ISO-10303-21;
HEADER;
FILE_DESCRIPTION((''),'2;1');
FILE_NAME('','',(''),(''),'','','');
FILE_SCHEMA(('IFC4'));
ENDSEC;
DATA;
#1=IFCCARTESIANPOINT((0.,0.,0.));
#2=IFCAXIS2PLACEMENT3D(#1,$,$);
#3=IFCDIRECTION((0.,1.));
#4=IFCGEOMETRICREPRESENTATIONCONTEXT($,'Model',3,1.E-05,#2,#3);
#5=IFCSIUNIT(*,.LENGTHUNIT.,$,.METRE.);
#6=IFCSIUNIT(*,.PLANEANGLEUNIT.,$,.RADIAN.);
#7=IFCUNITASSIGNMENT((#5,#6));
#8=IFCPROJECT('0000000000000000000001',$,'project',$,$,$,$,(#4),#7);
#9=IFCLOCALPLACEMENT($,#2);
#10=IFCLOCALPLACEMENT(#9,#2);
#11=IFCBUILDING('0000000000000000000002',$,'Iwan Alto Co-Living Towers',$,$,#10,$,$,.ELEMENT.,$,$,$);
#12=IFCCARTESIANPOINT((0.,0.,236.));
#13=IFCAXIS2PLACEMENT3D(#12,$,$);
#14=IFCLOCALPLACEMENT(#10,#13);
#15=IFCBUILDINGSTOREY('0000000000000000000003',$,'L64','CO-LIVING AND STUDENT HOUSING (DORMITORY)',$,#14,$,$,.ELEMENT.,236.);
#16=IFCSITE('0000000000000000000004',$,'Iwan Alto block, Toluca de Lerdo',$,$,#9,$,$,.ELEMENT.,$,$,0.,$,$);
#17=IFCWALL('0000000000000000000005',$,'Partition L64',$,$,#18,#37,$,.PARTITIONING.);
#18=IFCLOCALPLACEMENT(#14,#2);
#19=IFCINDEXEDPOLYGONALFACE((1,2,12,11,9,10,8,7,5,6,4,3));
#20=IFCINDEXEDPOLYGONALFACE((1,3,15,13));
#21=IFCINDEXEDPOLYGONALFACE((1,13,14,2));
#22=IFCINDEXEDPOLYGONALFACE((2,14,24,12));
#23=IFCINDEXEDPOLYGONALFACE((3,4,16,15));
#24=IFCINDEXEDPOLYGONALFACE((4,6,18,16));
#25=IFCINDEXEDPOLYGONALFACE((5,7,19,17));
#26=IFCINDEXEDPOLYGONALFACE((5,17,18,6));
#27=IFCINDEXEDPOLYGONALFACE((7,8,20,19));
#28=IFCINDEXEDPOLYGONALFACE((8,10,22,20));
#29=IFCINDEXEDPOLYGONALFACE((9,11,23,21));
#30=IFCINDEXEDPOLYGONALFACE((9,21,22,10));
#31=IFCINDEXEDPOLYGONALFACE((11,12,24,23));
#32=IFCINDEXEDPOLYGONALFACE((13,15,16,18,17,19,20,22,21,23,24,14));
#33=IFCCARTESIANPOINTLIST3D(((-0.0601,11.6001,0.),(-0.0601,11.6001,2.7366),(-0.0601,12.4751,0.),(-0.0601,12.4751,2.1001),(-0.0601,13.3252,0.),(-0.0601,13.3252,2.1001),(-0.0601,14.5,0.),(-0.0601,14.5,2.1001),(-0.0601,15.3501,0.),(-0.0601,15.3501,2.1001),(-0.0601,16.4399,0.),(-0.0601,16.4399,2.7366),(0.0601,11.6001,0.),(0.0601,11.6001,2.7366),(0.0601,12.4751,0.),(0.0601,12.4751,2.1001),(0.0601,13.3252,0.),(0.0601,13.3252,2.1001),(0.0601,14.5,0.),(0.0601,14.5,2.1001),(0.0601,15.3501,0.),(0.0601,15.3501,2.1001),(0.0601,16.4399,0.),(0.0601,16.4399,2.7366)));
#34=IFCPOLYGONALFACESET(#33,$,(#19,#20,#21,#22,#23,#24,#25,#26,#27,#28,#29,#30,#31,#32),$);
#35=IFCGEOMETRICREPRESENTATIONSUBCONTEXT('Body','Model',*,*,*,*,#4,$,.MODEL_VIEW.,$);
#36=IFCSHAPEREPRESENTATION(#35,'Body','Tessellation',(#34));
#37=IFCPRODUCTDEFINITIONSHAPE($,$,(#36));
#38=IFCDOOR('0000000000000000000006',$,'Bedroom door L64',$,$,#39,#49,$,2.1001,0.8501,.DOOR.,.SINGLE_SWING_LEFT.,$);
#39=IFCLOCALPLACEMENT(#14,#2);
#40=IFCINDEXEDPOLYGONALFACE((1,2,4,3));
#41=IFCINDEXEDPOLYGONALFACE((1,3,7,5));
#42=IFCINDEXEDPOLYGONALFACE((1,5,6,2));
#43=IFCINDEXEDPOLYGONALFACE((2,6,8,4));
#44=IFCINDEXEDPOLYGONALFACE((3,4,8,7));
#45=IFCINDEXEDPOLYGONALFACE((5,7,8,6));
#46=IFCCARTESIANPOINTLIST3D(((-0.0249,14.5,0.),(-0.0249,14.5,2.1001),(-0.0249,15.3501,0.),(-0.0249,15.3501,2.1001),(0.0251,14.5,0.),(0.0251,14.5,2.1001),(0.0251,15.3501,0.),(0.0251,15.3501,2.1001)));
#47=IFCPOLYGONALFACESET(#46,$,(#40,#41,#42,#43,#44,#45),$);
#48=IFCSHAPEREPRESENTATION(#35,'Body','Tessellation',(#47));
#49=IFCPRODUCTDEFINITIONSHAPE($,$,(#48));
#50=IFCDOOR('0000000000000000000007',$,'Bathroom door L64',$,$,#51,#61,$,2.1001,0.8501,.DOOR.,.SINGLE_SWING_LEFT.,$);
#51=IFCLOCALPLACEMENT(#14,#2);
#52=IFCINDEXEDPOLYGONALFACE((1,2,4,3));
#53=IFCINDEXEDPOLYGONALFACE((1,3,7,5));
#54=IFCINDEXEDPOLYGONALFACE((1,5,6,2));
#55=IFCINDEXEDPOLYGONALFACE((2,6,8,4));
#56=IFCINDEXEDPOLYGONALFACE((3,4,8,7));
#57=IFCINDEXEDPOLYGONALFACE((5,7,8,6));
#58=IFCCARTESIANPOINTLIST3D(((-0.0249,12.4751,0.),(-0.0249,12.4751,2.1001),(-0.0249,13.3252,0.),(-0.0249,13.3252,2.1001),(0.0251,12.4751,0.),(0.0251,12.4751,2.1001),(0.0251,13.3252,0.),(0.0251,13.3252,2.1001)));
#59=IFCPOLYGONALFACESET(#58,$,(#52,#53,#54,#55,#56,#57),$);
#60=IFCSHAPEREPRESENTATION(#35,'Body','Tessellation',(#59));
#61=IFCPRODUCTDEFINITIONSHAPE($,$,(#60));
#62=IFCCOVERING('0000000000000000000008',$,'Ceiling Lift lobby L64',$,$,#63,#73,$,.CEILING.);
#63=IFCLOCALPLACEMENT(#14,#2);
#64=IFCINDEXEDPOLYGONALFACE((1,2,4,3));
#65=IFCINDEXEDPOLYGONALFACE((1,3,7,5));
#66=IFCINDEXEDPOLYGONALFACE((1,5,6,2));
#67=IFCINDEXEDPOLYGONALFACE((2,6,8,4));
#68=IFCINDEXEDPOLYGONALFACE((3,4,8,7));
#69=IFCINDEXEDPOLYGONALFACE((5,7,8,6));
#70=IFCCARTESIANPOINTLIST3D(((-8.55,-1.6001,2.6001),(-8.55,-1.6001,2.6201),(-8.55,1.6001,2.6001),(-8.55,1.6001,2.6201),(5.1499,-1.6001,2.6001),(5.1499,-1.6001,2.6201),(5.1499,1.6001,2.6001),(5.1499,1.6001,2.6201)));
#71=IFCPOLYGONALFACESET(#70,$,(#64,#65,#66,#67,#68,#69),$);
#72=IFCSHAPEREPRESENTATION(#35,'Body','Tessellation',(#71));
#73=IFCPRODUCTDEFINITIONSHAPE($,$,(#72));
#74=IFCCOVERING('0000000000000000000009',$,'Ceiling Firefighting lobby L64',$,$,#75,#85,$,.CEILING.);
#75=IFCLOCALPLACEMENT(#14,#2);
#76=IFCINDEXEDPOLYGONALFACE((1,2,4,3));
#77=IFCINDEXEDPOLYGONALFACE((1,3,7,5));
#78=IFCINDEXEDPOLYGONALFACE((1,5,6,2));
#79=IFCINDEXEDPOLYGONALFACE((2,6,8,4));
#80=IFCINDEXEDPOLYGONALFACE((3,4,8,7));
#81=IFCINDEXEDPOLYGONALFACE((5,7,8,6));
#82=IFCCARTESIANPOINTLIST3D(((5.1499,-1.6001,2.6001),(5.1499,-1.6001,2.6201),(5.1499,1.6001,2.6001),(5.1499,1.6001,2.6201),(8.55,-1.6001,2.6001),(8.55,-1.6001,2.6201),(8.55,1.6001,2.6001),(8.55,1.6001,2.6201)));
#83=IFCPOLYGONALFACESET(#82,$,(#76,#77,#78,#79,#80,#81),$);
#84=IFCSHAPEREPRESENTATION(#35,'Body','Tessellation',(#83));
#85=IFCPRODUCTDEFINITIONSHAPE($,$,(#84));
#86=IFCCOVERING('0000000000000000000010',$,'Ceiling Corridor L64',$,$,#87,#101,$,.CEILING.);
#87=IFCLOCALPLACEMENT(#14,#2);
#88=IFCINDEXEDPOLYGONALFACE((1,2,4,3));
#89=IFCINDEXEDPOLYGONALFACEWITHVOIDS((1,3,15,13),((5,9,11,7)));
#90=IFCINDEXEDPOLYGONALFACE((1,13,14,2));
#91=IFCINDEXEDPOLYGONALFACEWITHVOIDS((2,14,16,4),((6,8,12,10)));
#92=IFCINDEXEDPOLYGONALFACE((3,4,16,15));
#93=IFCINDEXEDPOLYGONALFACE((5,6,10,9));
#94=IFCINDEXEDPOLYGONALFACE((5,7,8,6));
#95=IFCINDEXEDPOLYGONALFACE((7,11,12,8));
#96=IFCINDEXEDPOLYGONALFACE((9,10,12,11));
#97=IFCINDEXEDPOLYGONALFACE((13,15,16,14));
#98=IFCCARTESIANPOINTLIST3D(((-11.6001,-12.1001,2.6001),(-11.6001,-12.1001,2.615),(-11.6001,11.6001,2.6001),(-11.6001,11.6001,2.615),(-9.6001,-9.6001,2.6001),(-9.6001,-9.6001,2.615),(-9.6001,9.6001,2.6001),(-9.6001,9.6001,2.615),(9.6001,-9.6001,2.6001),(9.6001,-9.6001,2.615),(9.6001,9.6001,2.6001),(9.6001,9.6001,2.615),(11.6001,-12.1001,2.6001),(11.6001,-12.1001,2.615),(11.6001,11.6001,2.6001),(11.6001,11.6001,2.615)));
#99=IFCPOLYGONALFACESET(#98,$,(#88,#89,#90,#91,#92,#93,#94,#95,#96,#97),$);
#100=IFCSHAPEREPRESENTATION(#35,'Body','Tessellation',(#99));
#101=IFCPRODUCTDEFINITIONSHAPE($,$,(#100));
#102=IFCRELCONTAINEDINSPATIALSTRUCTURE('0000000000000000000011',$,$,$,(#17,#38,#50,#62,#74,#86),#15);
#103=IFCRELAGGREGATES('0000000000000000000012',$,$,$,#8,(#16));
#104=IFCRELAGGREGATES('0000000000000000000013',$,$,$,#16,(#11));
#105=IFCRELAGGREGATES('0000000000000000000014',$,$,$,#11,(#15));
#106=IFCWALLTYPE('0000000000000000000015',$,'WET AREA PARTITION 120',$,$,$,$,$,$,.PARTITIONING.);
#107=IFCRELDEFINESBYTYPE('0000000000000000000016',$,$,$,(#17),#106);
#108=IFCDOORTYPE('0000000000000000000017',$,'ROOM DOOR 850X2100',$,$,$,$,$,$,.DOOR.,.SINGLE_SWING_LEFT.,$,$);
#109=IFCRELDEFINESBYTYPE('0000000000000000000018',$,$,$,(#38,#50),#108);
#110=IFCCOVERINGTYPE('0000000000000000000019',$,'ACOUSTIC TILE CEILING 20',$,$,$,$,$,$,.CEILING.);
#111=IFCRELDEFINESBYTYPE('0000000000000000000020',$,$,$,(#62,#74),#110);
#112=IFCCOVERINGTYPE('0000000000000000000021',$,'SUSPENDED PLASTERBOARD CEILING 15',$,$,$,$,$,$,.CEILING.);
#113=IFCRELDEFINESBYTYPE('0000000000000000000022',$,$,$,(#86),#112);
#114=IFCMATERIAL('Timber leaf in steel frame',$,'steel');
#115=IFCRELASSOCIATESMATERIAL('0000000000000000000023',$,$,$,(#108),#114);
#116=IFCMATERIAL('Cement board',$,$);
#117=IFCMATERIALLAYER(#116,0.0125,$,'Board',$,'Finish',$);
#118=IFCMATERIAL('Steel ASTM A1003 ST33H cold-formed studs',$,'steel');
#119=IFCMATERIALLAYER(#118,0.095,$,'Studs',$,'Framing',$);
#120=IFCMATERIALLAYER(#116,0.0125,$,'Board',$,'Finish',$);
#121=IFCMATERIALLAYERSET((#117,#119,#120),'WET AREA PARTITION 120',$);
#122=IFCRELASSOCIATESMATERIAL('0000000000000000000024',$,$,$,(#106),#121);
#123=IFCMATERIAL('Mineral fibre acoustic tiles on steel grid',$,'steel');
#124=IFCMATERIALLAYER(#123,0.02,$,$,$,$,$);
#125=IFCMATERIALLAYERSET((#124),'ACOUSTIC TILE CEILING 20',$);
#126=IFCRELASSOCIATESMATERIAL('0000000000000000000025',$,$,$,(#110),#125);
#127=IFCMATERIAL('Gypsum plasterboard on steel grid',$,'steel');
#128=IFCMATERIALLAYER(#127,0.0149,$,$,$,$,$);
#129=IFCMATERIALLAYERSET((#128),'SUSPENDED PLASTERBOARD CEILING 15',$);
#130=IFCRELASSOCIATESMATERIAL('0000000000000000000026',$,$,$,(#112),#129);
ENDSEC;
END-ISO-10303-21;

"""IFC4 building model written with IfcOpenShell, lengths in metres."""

from ifc_helpers import new_model, si_unit, direction, frame, frame_2d, origin, place, context, subcontext, project, spatial, polyline, rectangle, outline, extrude, material, layer, layer_set, type_object, element, fill, save


model = new_model("IFC4")

# Units and contexts
model_context = context("Model", 3, precision=1e-05, world=origin(), true_north=direction((0.0, 1.0)))
body_context = subcontext(model_context, "Body", "Model", "MODEL_VIEW")
ifc_project = project(units=[si_unit("LENGTHUNIT", "METRE"), si_unit("PLANEANGLEUNIT", "RADIAN")], contexts=[model_context])

# Site, building, storey
site_placement = place(None, origin())
site = spatial("IfcSite", under=ifc_project, at=site_placement, Name="Iwan Alto block, Toluca de Lerdo", CompositionType="ELEMENT", RefElevation=0.0)
building_placement = place(site_placement, origin())
building = spatial("IfcBuilding", under=site, at=building_placement, Name="Iwan Alto Co-Living Towers", CompositionType="ELEMENT")
storey_placement = place(building_placement, frame((0.0, 0.0, 236.0)))
storey = spatial("IfcBuildingStorey", under=building, at=storey_placement, Name="L64", Description="CO-LIVING AND STUDENT HOUSING (DORMITORY)", CompositionType="ELEMENT", Elevation=236.0)

# Shared definitions
ifc_material_1 = material(Name="Steel ASTM A1003 ST33H cold-formed studs", Category="steel")

# Shared definitions
ifc_material_2 = material(Name="Timber leaf in steel frame", Category="steel")
door_type_1 = type_object("IfcDoorType", Name="ROOM DOOR 850X2100", OperationType="SINGLE_SWING_LEFT", PredefinedType="DOOR", material=ifc_material_2)

# Shared definitions
ifc_material_3 = material(Name="Cement board")
ifc_layer_1 = layer(ifc_material_3, 0.0125, Name="Board", Category="Finish")
ifc_layer_2 = layer(ifc_material_1, 0.095, Name="Studs", Category="Framing")
ifc_layer_3 = layer(ifc_material_3, 0.0125, Name="Board", Category="Finish")
ifc_layer_set_1 = layer_set([ifc_layer_1, ifc_layer_2, ifc_layer_3], Name="WET AREA PARTITION 120")
wall_type_1 = type_object("IfcWallType", Name="WET AREA PARTITION 120", PredefinedType="PARTITIONING", material=ifc_layer_set_1)

# Wall, openings, doors
wall_1_placement = place(storey_placement, frame((0.0, 11.6001, 0.0), z_axis=(0.0, 0.0, 1.0), x_axis=(0.0, 1.0, 0.0)))
wall_1 = element("IfcWall", 1, at=wall_1_placement, inside=storey, type_object=wall_type_1, Name="Partition L64", PredefinedType="PARTITIONING", context=body_context, shape_type="SweptSolid", body=[
    extrude(rectangle(XDim=4.8398, YDim=0.1201, at=frame_2d((2.4199, 0.0))), origin(), (0.0, 0.0, 1.0), 2.7366),
])
opening_1_placement = place(wall_1_placement, frame((2.8999, 0.0, 0.0)))
opening_1 = element("IfcOpeningElement", 2, at=opening_1_placement, cuts=wall_1, PredefinedType="OPENING", context=body_context, shape_type="SweptSolid", body=[
    extrude(rectangle(XDim=0.8501, YDim=2.1001, at=frame_2d((0.425, 1.05))), frame((0.0, 0.0701, 0.0), z_axis=(0.0, -1.0, 0.0), x_axis=(1.0, 0.0, 0.0)), (0.0, 0.0, 1.0), 0.1401),
])
opening_2_placement = place(wall_1_placement, frame((0.875, 0.0, 0.0)))
opening_2 = element("IfcOpeningElement", 3, at=opening_2_placement, cuts=wall_1, PredefinedType="OPENING", context=body_context, shape_type="SweptSolid", body=[
    extrude(rectangle(XDim=0.8501, YDim=2.1001, at=frame_2d((0.425, 1.05))), frame((0.0, 0.0701, 0.0), z_axis=(0.0, -1.0, 0.0), x_axis=(1.0, 0.0, 0.0)), (0.0, 0.0, 1.0), 0.1401),
])
door_1_placement = place(opening_1_placement, origin())
door_1 = element("IfcDoor", 4, at=door_1_placement, inside=storey, type_object=door_type_1, Name="Bedroom door L64", OperationType="SINGLE_SWING_LEFT", OverallHeight=2.1001, OverallWidth=0.8501, PredefinedType="DOOR", context=body_context, shape_type="SweptSolid", body=[
    extrude(rectangle(XDim=0.8501, YDim=2.1001, at=frame_2d((0.425, 1.05))), frame((0.0, 0.0249, 0.0), z_axis=(0.0, -1.0, 0.0), x_axis=(1.0, 0.0, 0.0)), (0.0, 0.0, 1.0), 0.05),
])
fill(opening_1, door_1)
door_2_placement = place(opening_2_placement, origin())
door_2 = element("IfcDoor", 5, at=door_2_placement, inside=storey, type_object=door_type_1, Name="Bathroom door L64", OperationType="SINGLE_SWING_LEFT", OverallHeight=2.1001, OverallWidth=0.8501, PredefinedType="DOOR", context=body_context, shape_type="SweptSolid", body=[
    extrude(rectangle(XDim=0.8501, YDim=2.1001, at=frame_2d((0.425, 1.05))), frame((0.0, 0.0249, 0.0), z_axis=(0.0, -1.0, 0.0), x_axis=(1.0, 0.0, 0.0)), (0.0, 0.0, 1.0), 0.05),
])
fill(opening_2, door_2)

# Coverings
ifc_material_4 = material(Name="Mineral fibre acoustic tiles on steel grid", Category="steel")
ifc_layer_4 = layer(ifc_material_4, 0.02)
ifc_layer_set_2 = layer_set([ifc_layer_4], Name="ACOUSTIC TILE CEILING 20")
covering_type_1 = type_object("IfcCoveringType", Name="ACOUSTIC TILE CEILING 20", PredefinedType="CEILING", material=ifc_layer_set_2)
covering_1_placement = place(storey_placement, frame((0.0, 0.0, 2.6001)))
element("IfcCovering", 6, at=covering_1_placement, inside=storey, type_object=covering_type_1, Name="Ceiling Lift lobby L64", PredefinedType="CEILING", context=body_context, shape_type="SweptSolid", body=[
    extrude(outline(polyline([(-8.55, -1.6001), (-8.55, 1.6001), (5.1499, 1.6001), (5.1499, -1.6001), (-8.55, -1.6001)])), origin(), (0.0, 0.0, 1.0), 0.02),
])
covering_2_placement = place(storey_placement, frame((0.0, 0.0, 2.6001)))
element("IfcCovering", 7, at=covering_2_placement, inside=storey, type_object=covering_type_1, Name="Ceiling Firefighting lobby L64", PredefinedType="CEILING", context=body_context, shape_type="SweptSolid", body=[
    extrude(outline(polyline([(5.1499, -1.6001), (5.1499, 1.6001), (8.55, 1.6001), (8.55, -1.6001), (5.1499, -1.6001)])), origin(), (0.0, 0.0, 1.0), 0.02),
])
ifc_material_5 = material(Name="Gypsum plasterboard on steel grid", Category="steel")
ifc_layer_5 = layer(ifc_material_5, 0.0149)
ifc_layer_set_3 = layer_set([ifc_layer_5], Name="SUSPENDED PLASTERBOARD CEILING 15")
covering_type_2 = type_object("IfcCoveringType", Name="SUSPENDED PLASTERBOARD CEILING 15", PredefinedType="CEILING", material=ifc_layer_set_3)
covering_3_placement = place(storey_placement, frame((0.0, 0.0, 2.6001)))
element("IfcCovering", 8, at=covering_3_placement, inside=storey, type_object=covering_type_2, Name="Ceiling Corridor L64", PredefinedType="CEILING", context=body_context, shape_type="SweptSolid", body=[
    extrude(outline(polyline([(-11.6001, 11.6001), (11.6001, 11.6001), (11.6001, -12.1001), (-11.6001, -12.1001), (-11.6001, 11.6001)]), holes=[polyline([(-9.6001, 9.6001), (-9.6001, -9.6001), (9.6001, -9.6001), (9.6001, 9.6001), (-9.6001, 9.6001)])]), origin(), (0.0, 0.0, 1.0), 0.0149),
])

save(model, "model.ifc")
